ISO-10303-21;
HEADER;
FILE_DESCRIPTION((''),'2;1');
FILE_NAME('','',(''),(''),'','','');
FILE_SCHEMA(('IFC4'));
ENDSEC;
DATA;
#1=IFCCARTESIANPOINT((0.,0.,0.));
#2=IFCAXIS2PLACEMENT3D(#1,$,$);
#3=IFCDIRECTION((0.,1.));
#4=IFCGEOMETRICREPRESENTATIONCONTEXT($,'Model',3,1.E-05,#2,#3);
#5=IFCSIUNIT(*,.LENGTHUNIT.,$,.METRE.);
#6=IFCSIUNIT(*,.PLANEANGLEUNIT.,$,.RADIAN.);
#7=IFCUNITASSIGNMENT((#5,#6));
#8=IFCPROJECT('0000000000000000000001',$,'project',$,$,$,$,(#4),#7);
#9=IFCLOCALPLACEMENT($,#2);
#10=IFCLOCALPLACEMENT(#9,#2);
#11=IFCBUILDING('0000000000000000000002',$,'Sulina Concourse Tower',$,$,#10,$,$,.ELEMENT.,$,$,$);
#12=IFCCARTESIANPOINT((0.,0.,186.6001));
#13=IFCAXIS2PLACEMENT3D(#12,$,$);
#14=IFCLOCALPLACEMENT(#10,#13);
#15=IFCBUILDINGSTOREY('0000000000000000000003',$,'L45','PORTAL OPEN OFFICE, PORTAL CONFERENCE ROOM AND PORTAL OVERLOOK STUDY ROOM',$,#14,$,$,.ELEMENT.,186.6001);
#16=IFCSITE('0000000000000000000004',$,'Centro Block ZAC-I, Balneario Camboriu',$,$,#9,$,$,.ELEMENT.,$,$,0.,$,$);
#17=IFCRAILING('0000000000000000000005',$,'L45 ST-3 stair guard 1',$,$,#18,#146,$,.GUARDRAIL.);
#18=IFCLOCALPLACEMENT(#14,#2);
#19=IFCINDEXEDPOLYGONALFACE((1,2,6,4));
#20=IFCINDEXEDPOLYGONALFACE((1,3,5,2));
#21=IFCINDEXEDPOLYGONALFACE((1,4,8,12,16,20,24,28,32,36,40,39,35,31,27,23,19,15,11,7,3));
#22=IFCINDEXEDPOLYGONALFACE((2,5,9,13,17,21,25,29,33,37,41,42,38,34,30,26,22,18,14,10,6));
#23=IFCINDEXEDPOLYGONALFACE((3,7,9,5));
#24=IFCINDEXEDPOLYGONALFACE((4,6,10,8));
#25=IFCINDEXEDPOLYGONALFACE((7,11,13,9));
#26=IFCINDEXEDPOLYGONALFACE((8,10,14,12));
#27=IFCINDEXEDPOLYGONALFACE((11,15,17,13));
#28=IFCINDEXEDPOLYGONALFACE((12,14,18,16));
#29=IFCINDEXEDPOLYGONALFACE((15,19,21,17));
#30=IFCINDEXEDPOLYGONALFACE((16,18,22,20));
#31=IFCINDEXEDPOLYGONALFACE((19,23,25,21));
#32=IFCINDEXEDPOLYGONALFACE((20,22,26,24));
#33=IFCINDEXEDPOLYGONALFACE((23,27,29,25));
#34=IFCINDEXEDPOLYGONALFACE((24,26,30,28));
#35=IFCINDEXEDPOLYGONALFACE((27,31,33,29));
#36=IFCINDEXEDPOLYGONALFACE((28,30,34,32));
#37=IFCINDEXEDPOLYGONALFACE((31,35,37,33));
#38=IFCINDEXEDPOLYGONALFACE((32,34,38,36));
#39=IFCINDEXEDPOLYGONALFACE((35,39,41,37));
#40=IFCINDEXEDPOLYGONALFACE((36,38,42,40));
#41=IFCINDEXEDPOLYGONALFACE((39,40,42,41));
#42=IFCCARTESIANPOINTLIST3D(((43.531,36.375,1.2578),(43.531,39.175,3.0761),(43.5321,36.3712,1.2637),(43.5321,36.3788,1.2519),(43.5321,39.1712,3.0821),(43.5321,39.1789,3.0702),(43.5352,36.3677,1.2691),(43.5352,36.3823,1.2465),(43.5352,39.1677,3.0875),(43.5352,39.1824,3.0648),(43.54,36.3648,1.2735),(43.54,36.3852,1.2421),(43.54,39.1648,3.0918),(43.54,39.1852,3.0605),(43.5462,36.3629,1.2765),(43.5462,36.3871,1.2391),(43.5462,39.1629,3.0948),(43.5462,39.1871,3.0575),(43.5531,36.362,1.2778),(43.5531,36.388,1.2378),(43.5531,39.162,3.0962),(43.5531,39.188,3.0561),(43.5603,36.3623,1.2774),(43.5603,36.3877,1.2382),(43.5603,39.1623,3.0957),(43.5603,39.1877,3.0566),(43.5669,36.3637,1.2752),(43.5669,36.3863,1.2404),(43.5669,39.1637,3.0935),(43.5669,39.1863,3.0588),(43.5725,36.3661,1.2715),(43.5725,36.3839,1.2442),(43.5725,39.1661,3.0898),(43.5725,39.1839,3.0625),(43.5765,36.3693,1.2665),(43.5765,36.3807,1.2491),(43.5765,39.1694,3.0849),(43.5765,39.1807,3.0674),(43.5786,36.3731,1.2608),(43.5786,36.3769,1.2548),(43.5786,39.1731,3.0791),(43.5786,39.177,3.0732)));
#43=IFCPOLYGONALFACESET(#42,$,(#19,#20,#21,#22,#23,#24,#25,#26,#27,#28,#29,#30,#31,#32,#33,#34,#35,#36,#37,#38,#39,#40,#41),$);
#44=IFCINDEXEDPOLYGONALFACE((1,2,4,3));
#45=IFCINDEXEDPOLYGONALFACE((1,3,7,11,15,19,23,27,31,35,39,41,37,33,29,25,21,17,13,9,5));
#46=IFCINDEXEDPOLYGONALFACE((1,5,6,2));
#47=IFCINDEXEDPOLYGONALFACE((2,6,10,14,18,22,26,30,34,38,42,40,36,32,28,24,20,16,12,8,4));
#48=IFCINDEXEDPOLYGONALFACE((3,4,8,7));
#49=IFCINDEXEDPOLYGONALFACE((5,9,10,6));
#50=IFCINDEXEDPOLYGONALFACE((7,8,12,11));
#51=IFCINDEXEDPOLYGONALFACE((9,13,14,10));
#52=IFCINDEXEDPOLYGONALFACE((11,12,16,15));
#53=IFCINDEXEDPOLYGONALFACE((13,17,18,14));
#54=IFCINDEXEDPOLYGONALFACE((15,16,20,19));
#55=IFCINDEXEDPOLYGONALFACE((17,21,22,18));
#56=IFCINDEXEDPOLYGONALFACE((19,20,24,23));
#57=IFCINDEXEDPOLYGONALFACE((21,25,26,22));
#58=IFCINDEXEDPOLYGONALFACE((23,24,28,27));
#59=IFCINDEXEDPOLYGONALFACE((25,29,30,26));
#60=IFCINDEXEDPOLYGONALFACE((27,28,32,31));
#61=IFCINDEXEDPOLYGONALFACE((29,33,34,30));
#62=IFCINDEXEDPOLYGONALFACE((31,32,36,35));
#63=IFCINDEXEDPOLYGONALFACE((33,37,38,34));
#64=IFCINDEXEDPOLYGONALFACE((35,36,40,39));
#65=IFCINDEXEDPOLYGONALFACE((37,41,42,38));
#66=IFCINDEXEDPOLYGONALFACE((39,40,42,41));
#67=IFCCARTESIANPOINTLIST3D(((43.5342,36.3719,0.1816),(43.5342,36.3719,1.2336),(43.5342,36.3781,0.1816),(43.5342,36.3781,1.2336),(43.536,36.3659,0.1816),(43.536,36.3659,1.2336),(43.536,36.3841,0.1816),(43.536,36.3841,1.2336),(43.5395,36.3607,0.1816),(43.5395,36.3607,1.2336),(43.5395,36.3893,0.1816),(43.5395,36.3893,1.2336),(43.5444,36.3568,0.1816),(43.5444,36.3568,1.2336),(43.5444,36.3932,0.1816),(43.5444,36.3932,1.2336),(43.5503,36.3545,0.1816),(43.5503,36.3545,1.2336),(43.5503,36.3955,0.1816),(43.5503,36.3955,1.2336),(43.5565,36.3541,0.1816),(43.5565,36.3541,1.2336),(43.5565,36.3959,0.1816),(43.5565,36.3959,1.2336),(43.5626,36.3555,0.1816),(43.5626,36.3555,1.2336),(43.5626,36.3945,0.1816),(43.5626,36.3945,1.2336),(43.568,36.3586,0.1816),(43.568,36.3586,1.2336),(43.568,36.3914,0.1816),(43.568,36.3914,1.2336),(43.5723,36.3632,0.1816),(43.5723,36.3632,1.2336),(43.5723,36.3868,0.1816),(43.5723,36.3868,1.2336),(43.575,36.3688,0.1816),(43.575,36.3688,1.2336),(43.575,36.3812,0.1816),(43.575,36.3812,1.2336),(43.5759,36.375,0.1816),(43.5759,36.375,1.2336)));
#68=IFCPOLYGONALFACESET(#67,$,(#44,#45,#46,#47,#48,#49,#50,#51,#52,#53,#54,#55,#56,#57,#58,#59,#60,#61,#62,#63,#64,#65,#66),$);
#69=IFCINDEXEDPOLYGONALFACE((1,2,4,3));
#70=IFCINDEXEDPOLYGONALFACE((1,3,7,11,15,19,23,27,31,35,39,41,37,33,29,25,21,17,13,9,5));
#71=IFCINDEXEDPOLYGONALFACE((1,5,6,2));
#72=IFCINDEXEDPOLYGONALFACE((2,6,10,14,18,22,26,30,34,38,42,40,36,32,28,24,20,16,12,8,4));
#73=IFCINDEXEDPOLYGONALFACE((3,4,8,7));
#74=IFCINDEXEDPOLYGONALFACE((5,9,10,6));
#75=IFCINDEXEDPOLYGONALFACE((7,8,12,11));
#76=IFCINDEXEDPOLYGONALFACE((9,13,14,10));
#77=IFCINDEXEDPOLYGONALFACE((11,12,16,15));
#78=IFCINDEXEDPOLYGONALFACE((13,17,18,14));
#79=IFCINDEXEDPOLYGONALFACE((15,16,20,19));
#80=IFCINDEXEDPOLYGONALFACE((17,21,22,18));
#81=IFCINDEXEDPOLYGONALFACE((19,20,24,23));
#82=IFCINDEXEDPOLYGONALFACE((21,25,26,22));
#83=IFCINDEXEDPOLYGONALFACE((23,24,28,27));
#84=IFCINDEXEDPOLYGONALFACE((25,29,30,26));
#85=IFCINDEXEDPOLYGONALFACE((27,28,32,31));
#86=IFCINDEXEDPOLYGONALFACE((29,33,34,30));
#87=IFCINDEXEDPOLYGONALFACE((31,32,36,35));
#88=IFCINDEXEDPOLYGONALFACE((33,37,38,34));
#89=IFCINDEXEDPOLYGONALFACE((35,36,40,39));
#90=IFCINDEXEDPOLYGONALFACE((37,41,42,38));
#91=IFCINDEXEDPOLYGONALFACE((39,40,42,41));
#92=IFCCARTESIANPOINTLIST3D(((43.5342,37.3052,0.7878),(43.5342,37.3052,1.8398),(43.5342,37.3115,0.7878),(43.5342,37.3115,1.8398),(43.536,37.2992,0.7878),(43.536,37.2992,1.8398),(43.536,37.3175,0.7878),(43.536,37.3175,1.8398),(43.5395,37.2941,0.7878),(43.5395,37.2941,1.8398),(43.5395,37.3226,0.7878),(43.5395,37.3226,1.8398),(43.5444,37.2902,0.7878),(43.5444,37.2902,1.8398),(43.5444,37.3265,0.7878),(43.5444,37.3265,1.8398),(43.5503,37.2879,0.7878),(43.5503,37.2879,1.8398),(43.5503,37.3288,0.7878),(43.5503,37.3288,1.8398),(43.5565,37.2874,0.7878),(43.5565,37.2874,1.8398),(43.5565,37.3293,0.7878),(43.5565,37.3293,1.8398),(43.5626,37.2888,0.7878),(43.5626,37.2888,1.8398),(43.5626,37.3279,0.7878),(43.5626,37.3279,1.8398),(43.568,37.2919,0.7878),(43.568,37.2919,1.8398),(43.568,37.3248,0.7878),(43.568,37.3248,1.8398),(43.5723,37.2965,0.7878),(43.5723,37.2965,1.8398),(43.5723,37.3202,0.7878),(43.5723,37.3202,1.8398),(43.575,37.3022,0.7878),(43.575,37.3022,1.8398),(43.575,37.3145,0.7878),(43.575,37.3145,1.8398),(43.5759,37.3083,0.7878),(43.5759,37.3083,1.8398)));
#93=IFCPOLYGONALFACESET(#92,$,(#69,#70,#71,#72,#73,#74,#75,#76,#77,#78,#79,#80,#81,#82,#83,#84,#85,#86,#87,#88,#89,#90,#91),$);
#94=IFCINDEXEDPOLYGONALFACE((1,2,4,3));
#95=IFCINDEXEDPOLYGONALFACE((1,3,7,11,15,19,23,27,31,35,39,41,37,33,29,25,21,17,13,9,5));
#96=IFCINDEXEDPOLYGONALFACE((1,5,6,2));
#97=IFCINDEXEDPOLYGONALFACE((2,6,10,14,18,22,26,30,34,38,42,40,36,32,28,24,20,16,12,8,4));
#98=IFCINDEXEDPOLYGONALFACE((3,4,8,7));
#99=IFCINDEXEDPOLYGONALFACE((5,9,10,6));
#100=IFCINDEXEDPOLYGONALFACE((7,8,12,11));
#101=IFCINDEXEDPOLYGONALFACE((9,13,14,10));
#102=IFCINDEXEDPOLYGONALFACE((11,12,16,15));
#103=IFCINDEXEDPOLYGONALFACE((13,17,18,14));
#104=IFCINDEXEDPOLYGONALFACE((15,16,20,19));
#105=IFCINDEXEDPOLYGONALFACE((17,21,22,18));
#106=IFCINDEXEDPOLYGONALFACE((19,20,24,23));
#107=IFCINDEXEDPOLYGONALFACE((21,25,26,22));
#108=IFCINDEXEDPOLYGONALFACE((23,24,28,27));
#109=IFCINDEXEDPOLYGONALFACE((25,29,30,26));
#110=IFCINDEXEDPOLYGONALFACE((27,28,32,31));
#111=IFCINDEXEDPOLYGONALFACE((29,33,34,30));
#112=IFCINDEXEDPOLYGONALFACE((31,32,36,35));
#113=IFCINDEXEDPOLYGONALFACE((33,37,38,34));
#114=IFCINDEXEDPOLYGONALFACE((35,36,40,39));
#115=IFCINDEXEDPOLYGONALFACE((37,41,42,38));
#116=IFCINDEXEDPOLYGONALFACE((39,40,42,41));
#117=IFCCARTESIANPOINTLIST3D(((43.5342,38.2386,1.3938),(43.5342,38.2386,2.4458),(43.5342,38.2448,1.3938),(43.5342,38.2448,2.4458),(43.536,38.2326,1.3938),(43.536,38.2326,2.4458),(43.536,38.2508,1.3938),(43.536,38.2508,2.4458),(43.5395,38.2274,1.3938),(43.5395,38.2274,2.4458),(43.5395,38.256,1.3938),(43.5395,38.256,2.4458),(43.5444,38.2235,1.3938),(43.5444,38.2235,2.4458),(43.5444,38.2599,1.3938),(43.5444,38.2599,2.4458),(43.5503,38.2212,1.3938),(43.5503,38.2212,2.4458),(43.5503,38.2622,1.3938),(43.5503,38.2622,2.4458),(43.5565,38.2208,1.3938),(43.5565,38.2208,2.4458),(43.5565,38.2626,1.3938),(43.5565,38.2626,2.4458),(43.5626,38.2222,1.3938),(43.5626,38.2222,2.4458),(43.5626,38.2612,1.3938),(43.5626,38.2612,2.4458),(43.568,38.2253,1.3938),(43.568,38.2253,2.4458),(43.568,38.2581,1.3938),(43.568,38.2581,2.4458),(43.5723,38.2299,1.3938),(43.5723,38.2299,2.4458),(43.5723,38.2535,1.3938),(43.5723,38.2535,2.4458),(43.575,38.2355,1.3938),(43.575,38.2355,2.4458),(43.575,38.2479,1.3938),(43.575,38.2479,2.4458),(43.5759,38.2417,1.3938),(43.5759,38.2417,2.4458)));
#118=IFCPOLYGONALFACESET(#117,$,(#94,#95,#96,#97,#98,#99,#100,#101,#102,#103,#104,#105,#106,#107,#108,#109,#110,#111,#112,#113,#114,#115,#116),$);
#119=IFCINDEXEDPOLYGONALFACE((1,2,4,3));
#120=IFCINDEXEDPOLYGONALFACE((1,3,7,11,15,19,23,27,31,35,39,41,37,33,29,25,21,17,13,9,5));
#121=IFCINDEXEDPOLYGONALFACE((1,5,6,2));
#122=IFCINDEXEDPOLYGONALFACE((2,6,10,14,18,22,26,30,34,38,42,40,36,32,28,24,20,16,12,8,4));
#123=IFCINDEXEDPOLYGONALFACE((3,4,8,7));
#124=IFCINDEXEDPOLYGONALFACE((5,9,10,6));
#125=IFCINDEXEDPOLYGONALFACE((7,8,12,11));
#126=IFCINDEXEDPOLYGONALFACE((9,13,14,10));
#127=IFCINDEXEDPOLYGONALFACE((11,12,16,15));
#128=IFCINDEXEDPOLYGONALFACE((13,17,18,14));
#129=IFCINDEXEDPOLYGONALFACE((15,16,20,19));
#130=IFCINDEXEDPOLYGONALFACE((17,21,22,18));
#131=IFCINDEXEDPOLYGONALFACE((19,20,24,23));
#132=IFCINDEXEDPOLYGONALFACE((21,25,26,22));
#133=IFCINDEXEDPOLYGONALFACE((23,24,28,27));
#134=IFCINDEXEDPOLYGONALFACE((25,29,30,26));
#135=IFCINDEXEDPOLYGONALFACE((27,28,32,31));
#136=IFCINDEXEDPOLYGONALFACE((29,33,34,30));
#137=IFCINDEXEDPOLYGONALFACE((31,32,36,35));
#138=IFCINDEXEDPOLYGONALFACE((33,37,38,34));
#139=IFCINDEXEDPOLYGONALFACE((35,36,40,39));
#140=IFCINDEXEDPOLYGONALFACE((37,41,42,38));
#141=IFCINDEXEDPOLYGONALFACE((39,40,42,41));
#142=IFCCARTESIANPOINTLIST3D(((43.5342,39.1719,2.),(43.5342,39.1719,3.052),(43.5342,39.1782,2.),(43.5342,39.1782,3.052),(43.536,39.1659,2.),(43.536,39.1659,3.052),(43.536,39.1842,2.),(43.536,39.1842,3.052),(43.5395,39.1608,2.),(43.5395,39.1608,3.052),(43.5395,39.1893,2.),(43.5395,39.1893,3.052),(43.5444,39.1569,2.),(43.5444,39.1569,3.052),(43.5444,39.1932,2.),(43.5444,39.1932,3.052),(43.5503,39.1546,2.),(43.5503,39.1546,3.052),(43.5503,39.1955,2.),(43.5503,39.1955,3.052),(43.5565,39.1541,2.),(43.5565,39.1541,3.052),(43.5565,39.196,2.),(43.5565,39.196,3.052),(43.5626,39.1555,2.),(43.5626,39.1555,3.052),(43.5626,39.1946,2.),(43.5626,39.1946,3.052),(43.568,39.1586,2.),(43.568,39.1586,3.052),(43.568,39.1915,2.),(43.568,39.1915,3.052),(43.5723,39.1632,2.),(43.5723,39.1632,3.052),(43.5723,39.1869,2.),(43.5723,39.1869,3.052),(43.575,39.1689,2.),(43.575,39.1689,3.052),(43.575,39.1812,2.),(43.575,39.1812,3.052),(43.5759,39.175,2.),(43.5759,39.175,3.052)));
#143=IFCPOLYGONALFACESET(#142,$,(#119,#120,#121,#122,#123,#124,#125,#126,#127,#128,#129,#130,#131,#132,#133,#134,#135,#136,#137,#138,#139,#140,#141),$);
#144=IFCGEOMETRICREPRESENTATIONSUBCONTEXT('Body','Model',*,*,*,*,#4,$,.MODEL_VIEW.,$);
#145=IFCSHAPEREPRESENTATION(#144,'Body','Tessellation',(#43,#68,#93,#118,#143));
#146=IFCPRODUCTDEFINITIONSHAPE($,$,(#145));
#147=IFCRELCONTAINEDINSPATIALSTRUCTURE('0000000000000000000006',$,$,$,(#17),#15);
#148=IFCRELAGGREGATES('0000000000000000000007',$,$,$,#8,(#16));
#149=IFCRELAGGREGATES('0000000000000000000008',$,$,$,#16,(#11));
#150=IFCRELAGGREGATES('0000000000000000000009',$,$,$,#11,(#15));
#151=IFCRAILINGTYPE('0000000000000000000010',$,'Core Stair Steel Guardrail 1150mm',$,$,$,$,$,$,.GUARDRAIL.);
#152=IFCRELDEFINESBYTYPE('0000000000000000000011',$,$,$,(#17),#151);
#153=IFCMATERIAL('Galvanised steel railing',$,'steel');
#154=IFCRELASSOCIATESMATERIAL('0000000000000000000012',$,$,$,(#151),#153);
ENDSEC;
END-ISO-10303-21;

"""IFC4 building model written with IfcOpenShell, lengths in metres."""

from ifc_helpers import new_model, si_unit, direction, frame, origin, origin_2d, place, context, subcontext, project, spatial, circle, extrude, material, type_object, element, save


model = new_model("IFC4")

# Units and contexts
model_context = context("Model", 3, precision=1e-05, world=origin(), true_north=direction((0.0, 1.0)))
body_context = subcontext(model_context, "Body", "Model", "MODEL_VIEW")
ifc_project = project(units=[si_unit("LENGTHUNIT", "METRE"), si_unit("PLANEANGLEUNIT", "RADIAN")], contexts=[model_context])

# Site, building, storey
site_placement = place(None, origin())
site = spatial("IfcSite", under=ifc_project, at=site_placement, Name="Centro Block ZAC-I, Balneario Camboriu", CompositionType="ELEMENT", RefElevation=0.0)
building_placement = place(site_placement, origin())
building = spatial("IfcBuilding", under=site, at=building_placement, Name="Sulina Concourse Tower", CompositionType="ELEMENT")
storey_placement = place(building_placement, frame((0.0, 0.0, 186.6001)))
storey = spatial("IfcBuildingStorey", under=building, at=storey_placement, Name="L45", Description="PORTAL OPEN OFFICE, PORTAL CONFERENCE ROOM AND PORTAL OVERLOOK STUDY ROOM", CompositionType="ELEMENT", Elevation=186.6001)

# Railing
ifc_material_1 = material(Name="Galvanised steel railing", Category="steel")
railing_type_1 = type_object("IfcRailingType", Name="Core Stair Steel Guardrail 1150mm", PredefinedType="GUARDRAIL", material=ifc_material_1)
railing_1_placement = place(storey_placement, frame((43.5549, 36.375, 0.1816)))
element("IfcRailing", 1, at=railing_1_placement, inside=storey, type_object=railing_type_1, Name="L45 ST-3 stair guard 1", PredefinedType="GUARDRAIL", context=body_context, shape_type="SweptSolid", body=[
    extrude(circle(Radius=0.0239, at=origin_2d()), frame((0.0, 0.0, 1.0762), z_axis=(0.0, 0.838672, 0.544636), x_axis=(-1.0, 0.0, 0.0)), (0.0, 0.0, 1.0), 3.3386),
    extrude(circle(Radius=0.021, at=origin_2d()), origin(), (0.0, 0.0, 1.0), 1.052),
    extrude(circle(Radius=0.021, at=origin_2d()), frame((0.0, 0.9333, 0.6062)), (0.0, 0.0, 1.0), 1.052),
    extrude(circle(Radius=0.021, at=origin_2d()), frame((0.0, 1.8667, 1.2122)), (0.0, 0.0, 1.0), 1.052),
    extrude(circle(Radius=0.021, at=origin_2d()), frame((0.0, 2.8, 1.8184)), (0.0, 0.0, 1.0), 1.052),
])

save(model, "model.ifc")
